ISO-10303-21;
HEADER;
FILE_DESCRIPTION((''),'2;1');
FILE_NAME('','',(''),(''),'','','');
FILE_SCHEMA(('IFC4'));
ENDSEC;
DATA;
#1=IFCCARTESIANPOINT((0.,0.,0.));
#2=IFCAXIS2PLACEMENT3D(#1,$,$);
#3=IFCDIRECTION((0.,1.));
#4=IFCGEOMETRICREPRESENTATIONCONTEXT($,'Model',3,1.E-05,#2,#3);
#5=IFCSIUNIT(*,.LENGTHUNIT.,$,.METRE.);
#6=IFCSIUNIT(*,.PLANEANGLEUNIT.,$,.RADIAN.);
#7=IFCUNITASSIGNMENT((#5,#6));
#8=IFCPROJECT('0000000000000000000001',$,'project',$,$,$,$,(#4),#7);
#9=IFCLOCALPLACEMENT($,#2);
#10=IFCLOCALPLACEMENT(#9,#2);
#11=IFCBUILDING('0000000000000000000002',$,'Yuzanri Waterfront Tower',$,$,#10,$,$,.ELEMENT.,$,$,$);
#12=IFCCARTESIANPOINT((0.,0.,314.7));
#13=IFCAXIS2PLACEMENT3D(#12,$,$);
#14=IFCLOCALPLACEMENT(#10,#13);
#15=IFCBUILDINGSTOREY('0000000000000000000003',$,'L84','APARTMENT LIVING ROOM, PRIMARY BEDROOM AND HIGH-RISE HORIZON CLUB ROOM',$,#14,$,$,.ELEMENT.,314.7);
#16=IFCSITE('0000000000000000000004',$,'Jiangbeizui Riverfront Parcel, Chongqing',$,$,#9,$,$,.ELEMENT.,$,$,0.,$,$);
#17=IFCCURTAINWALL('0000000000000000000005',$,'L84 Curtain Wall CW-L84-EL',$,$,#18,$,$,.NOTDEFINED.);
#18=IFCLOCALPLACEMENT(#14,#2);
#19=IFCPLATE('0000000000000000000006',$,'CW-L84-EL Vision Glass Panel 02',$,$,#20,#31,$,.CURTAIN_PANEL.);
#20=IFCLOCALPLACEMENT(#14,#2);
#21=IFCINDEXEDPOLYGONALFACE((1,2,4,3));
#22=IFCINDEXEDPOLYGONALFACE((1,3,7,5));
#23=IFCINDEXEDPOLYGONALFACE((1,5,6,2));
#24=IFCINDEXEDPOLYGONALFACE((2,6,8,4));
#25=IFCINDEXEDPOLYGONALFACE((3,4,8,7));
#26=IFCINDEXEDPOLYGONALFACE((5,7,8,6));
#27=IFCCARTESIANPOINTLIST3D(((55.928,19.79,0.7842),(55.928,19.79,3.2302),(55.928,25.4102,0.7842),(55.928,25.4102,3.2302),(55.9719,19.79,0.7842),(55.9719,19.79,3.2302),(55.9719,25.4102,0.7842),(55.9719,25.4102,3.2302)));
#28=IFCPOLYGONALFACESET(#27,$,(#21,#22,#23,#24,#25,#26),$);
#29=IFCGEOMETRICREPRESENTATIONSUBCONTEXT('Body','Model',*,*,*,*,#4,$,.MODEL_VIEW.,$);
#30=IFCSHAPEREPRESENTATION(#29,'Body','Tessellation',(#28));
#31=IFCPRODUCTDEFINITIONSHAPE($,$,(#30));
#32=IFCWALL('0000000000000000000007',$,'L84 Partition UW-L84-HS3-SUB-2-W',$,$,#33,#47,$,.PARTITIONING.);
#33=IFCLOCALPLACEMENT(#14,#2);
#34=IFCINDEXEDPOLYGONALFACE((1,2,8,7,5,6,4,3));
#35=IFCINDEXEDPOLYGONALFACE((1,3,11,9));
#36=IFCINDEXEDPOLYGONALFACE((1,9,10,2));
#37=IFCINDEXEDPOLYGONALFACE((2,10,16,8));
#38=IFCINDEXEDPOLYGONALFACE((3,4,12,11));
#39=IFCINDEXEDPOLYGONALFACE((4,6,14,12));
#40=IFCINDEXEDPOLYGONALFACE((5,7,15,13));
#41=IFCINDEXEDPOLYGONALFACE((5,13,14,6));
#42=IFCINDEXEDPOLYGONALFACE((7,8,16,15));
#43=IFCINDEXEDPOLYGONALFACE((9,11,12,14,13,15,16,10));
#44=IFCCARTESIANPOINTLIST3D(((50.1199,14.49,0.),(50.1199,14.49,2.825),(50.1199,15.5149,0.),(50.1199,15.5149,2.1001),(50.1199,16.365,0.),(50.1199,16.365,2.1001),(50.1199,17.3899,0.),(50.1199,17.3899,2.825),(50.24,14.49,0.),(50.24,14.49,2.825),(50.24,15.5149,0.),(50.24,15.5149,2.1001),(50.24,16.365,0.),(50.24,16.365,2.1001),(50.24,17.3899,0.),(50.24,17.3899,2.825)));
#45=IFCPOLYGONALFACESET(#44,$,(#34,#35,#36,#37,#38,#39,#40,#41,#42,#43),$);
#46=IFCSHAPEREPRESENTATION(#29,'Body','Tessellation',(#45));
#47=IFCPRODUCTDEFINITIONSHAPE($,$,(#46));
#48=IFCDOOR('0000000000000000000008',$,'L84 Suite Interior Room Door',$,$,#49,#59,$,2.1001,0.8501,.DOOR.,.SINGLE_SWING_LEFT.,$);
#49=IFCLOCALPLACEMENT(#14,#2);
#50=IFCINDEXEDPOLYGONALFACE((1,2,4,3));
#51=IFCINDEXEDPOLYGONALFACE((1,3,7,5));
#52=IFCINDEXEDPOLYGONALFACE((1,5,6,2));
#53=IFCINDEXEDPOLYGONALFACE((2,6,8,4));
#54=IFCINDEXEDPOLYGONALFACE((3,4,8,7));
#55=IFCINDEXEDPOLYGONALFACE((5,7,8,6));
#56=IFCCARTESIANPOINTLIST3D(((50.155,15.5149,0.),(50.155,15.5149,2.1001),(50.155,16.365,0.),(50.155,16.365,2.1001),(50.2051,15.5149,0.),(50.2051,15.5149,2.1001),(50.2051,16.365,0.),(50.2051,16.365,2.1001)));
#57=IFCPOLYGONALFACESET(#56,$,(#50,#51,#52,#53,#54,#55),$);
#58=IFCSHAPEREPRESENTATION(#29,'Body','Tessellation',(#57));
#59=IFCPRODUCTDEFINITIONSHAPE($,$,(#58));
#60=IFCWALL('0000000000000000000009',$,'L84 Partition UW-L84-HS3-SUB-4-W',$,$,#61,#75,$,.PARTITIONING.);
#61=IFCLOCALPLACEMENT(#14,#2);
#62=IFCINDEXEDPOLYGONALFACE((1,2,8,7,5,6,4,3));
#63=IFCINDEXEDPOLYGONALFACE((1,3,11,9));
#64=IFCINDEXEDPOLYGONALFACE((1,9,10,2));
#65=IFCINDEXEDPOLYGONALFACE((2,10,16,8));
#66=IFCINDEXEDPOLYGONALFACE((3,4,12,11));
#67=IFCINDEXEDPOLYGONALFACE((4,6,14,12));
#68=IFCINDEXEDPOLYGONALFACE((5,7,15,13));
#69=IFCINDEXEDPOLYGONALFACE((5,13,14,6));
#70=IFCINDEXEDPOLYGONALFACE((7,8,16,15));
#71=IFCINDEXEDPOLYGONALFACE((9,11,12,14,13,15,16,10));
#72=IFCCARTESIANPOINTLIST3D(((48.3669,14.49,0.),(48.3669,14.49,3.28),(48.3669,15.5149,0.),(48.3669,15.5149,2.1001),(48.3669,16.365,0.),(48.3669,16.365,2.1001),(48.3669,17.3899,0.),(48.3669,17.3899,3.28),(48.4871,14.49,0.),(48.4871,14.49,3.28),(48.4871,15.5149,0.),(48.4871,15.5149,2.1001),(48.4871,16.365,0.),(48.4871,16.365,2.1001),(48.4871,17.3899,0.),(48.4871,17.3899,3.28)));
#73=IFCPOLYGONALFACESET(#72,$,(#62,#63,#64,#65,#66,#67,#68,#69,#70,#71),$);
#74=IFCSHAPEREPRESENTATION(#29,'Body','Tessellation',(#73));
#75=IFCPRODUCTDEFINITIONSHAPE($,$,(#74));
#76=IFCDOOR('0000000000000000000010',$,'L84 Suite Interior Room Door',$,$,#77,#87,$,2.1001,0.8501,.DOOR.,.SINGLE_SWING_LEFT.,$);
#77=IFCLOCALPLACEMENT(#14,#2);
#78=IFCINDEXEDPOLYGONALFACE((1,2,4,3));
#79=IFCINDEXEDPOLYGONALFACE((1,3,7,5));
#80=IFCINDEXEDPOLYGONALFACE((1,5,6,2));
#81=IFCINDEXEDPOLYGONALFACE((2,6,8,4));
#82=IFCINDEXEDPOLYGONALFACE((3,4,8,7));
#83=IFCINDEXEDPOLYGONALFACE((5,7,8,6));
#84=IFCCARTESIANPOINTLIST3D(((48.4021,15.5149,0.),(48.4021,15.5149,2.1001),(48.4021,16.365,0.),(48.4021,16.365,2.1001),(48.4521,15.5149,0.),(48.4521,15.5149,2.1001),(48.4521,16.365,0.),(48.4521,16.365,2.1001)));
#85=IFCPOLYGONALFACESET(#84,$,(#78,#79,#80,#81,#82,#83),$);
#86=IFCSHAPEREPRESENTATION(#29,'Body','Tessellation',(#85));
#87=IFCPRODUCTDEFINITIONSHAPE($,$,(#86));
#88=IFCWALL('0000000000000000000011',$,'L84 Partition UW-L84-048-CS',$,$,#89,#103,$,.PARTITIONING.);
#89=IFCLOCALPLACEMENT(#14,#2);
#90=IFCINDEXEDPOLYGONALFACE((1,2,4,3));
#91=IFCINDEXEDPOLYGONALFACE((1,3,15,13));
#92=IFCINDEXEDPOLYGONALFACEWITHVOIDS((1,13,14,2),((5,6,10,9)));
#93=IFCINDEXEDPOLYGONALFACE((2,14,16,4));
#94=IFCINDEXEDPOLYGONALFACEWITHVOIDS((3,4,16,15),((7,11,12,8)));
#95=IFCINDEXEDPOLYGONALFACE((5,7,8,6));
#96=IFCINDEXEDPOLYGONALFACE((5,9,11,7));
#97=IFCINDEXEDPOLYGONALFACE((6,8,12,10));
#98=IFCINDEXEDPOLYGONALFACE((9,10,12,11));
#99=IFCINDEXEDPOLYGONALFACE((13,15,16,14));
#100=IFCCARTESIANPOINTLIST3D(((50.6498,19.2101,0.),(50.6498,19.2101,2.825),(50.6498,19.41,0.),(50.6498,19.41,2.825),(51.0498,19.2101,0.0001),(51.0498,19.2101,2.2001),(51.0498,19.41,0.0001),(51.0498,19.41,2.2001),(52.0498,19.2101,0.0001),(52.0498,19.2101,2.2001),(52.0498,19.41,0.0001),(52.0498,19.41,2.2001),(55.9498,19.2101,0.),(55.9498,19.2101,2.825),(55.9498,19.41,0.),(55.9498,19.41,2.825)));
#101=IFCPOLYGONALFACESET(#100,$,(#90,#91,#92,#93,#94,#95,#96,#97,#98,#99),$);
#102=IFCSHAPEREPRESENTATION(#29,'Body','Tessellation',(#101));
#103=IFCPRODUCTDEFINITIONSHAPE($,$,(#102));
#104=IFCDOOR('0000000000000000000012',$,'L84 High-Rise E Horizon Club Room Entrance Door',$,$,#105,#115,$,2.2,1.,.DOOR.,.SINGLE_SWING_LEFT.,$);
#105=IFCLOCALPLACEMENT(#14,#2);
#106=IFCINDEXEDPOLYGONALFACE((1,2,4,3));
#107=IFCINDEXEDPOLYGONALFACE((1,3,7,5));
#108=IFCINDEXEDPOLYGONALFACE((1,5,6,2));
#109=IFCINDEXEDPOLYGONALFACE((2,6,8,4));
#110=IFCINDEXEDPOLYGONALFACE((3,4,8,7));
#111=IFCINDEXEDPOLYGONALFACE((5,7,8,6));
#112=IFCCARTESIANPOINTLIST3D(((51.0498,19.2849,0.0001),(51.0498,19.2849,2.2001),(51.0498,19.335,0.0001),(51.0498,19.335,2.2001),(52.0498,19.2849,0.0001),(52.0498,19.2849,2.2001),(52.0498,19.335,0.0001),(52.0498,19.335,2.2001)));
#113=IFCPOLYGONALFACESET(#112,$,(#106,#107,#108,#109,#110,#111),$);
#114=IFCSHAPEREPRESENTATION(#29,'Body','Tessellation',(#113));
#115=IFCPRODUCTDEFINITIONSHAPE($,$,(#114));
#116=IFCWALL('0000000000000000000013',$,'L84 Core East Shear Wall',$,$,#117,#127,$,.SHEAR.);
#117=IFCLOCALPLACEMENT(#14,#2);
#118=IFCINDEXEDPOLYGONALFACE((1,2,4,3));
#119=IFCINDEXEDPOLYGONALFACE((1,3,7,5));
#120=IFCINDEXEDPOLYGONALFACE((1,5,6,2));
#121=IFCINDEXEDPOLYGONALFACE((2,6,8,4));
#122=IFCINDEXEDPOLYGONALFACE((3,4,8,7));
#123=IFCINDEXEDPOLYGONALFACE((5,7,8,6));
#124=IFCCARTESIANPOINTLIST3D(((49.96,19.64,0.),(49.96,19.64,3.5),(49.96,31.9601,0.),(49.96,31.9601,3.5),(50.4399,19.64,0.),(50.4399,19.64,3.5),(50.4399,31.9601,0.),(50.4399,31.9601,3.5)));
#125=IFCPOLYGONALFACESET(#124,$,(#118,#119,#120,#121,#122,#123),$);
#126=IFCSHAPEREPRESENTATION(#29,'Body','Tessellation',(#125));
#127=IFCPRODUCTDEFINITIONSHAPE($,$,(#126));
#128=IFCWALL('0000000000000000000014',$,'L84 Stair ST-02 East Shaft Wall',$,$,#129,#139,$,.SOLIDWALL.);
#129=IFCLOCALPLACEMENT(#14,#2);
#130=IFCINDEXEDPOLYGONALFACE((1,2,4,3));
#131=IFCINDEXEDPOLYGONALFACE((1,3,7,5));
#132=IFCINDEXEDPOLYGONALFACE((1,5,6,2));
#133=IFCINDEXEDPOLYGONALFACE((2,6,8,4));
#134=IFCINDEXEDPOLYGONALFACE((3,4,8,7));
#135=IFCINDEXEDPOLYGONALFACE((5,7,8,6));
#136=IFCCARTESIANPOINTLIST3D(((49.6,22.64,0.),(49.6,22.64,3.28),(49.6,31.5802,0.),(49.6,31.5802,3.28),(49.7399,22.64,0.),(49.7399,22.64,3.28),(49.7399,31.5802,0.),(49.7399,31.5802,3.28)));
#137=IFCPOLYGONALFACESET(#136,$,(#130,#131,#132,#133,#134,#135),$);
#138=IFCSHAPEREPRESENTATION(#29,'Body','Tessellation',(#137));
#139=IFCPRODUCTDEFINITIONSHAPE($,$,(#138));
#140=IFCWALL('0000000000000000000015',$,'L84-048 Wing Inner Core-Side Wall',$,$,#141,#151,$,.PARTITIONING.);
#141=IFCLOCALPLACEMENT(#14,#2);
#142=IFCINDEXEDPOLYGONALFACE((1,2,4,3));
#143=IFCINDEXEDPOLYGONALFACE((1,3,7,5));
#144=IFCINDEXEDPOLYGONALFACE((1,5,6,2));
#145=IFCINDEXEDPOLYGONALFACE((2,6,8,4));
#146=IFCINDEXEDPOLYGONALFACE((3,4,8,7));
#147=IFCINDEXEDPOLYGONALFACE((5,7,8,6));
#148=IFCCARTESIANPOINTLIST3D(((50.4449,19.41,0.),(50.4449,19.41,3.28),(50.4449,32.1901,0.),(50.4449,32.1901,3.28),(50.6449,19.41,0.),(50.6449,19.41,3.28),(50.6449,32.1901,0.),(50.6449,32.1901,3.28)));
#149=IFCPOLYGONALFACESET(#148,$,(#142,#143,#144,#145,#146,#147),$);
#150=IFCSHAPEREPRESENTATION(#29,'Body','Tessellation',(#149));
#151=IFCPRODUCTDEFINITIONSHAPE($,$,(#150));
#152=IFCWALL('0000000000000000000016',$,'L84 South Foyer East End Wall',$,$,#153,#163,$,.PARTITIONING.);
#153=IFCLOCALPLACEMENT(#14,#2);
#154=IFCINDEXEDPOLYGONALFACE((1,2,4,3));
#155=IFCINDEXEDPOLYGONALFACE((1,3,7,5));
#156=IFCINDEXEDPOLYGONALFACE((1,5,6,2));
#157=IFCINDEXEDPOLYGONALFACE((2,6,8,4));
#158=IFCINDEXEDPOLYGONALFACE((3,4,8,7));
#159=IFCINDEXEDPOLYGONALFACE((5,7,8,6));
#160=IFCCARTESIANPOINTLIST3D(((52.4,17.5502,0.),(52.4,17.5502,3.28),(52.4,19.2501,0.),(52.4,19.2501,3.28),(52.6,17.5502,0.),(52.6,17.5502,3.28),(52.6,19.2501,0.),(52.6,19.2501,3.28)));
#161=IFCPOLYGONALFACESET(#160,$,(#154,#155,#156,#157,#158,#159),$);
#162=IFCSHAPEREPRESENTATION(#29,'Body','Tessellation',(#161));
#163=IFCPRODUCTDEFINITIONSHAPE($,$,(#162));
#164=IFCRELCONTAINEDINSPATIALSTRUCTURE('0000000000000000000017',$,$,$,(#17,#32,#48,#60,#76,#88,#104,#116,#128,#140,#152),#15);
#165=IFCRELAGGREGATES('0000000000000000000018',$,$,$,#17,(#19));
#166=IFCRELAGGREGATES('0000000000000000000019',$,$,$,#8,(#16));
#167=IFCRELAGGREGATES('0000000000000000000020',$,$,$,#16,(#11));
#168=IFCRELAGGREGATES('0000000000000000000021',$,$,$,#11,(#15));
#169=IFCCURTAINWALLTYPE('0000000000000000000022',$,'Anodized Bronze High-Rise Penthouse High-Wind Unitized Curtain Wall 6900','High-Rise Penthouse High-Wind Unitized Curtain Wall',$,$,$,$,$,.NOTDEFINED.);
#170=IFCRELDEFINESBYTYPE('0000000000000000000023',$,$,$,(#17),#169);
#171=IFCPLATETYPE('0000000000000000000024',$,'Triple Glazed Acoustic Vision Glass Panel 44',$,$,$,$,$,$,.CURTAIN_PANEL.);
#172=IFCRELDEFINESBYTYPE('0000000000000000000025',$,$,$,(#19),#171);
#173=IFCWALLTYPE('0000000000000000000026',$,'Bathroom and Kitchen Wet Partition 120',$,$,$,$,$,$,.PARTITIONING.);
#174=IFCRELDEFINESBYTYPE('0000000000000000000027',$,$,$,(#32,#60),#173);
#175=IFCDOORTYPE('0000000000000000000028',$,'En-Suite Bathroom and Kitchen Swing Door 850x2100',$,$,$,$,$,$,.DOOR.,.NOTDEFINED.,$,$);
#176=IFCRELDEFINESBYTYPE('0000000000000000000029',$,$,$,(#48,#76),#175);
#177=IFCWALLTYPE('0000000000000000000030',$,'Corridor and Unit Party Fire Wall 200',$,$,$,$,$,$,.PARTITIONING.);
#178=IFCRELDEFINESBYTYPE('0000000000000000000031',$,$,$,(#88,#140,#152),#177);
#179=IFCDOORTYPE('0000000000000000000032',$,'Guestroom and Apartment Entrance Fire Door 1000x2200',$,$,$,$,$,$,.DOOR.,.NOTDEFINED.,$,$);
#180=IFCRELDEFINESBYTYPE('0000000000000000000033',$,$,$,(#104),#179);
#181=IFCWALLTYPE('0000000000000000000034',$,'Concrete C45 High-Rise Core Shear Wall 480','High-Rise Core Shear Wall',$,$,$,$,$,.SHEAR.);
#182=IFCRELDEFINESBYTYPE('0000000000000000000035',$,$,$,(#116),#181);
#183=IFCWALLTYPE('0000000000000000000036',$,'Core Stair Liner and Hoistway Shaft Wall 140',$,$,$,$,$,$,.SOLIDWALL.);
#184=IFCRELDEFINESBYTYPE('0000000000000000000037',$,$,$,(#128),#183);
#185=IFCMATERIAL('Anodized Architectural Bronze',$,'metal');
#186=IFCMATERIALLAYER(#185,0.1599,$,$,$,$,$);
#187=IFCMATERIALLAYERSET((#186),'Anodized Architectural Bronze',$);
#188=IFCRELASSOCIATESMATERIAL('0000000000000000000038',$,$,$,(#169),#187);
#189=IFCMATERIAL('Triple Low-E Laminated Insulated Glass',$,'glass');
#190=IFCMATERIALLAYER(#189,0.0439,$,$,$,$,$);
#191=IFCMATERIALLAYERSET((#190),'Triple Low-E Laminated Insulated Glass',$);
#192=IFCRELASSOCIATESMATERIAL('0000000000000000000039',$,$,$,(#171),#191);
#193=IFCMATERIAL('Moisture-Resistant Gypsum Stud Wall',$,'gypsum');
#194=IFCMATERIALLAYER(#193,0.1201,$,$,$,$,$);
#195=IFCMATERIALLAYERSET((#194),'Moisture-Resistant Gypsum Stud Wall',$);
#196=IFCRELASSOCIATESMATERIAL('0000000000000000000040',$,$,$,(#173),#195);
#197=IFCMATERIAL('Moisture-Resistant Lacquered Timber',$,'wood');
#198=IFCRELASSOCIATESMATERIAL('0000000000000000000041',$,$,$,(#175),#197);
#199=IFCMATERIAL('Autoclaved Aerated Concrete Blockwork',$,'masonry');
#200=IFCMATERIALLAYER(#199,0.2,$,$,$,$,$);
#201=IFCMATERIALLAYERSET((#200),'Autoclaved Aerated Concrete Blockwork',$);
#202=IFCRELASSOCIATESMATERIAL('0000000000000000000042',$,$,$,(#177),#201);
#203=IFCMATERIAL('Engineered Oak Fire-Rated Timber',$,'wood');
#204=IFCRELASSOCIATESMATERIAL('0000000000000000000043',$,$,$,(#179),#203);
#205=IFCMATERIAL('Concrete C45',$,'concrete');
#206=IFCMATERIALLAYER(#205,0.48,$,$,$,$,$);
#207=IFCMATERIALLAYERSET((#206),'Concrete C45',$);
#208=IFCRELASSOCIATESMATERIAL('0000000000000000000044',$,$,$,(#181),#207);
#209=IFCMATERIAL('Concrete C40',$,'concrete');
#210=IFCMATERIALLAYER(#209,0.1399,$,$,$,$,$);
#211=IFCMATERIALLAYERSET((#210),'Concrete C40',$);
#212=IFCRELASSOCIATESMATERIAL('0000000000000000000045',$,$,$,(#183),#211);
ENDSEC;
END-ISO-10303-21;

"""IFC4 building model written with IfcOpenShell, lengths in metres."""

from ifc_helpers import new_model, si_unit, direction, frame, frame_2d, origin, origin_2d, place, context, subcontext, project, spatial, rectangle, extrude, source, transform, mapped, material, layer, layer_set, type_object, element, fill, aggregate, save


model = new_model("IFC4")

# Units and contexts
model_context = context("Model", 3, precision=1e-05, world=origin(), true_north=direction((0.0, 1.0)))
body_context = subcontext(model_context, "Body", "Model", "MODEL_VIEW")
ifc_project = project(units=[si_unit("LENGTHUNIT", "METRE"), si_unit("PLANEANGLEUNIT", "RADIAN")], contexts=[model_context])

# Site, building, storey
site_placement = place(None, origin())
site = spatial("IfcSite", under=ifc_project, at=site_placement, Name="Jiangbeizui Riverfront Parcel, Chongqing", CompositionType="ELEMENT", RefElevation=0.0)
building_placement = place(site_placement, origin())
building = spatial("IfcBuilding", under=site, at=building_placement, Name="Yuzanri Waterfront Tower", CompositionType="ELEMENT")
storey_placement = place(building_placement, frame((0.0, 0.0, 314.7)))
storey = spatial("IfcBuildingStorey", under=building, at=storey_placement, Name="L84", Description="APARTMENT LIVING ROOM, PRIMARY BEDROOM AND HIGH-RISE HORIZON CLUB ROOM", CompositionType="ELEMENT", Elevation=314.7)

# Curtain wall, plate
ifc_material_1 = material(Name="Anodized Architectural Bronze", Category="metal")
ifc_layer_1 = layer(ifc_material_1, 0.1599)
ifc_layer_set_1 = layer_set([ifc_layer_1], Name="Anodized Architectural Bronze")
curtain_wall_type = type_object("IfcCurtainWallType", Name="Anodized Bronze High-Rise Penthouse High-Wind Unitized Curtain Wall 6900", Description="High-Rise Penthouse High-Wind Unitized Curtain Wall", PredefinedType="NOTDEFINED", material=ifc_layer_set_1)
curtain_wall_placement = place(storey_placement, origin())
curtain_wall = element("IfcCurtainWall", 1, at=curtain_wall_placement, inside=storey, type_object=curtain_wall_type, Name="L84 Curtain Wall CW-L84-EL", PredefinedType="NOTDEFINED")
ifc_material_2 = material(Name="Triple Low-E Laminated Insulated Glass", Category="glass")
ifc_layer_2 = layer(ifc_material_2, 0.0439)
ifc_layer_set_2 = layer_set([ifc_layer_2], Name="Triple Low-E Laminated Insulated Glass")
plate_type_1 = type_object("IfcPlateType", Name="Triple Glazed Acoustic Vision Glass Panel 44", PredefinedType="CURTAIN_PANEL", material=ifc_layer_set_2)
shared_shape_1 = source(origin(), body_context, "Body", "SweptSolid", [
    extrude(rectangle(XDim=5.6201, YDim=0.0439, at=origin_2d()), origin(), (0.0, 0.0, 1.0), 2.446),
])
plate_1_placement = place(storey_placement, frame((55.95, 22.6001, 0.7842), z_axis=(0.0, 0.0, 1.0), x_axis=(0.0, 1.0, 0.0)))
plate_1 = element("IfcPlate", 2, at=plate_1_placement, type_object=plate_type_1, Name="CW-L84-EL Vision Glass Panel 02", PredefinedType="CURTAIN_PANEL", context=body_context, shape_type="MappedRepresentation", body=[
    mapped(shared_shape_1, transform((0.0, 0.0, 0.0), scale=1.0)),
])
aggregate(curtain_wall, [plate_1])

# Walls, openings, doors
ifc_material_3 = material(Name="Moisture-Resistant Gypsum Stud Wall", Category="gypsum")
ifc_layer_3 = layer(ifc_material_3, 0.1201)
ifc_layer_set_3 = layer_set([ifc_layer_3], Name="Moisture-Resistant Gypsum Stud Wall")
wall_type_1 = type_object("IfcWallType", Name="Bathroom and Kitchen Wet Partition 120", PredefinedType="PARTITIONING", material=ifc_layer_set_3)
wall_1_placement = place(storey_placement, frame((50.1799, 14.49, 0.0), z_axis=(0.0, 0.0, 1.0), x_axis=(0.0, 1.0, 0.0)))
wall_1 = element("IfcWall", 3, at=wall_1_placement, inside=storey, type_object=wall_type_1, Name="L84 Partition UW-L84-HS3-SUB-2-W", PredefinedType="PARTITIONING", context=body_context, shape_type="SweptSolid", body=[
    extrude(rectangle(XDim=2.8999, YDim=0.1201, at=frame_2d((1.45, 0.0))), origin(), (0.0, 0.0, 1.0), 2.825),
])
opening_1_placement = place(wall_1_placement, frame((1.0249, 0.0, 0.0)))
opening_1 = element("IfcOpeningElement", 4, at=opening_1_placement, cuts=wall_1, PredefinedType="OPENING", context=body_context, shape_type="SweptSolid", body=[
    extrude(rectangle(XDim=0.8501, YDim=2.1001, at=frame_2d((0.425, 1.05))), frame((0.0, 0.075, 0.0), z_axis=(0.0, -1.0, 0.0), x_axis=(1.0, 0.0, 0.0)), (0.0, 0.0, 1.0), 0.1499),
])
ifc_material_4 = material(Name="Moisture-Resistant Lacquered Timber", Category="wood")
door_type_1 = type_object("IfcDoorType", Name="En-Suite Bathroom and Kitchen Swing Door 850x2100", OperationType="NOTDEFINED", PredefinedType="DOOR", material=ifc_material_4)
shared_shape_2 = source(origin(), body_context, "Body", "SweptSolid", [
    extrude(rectangle(XDim=0.8501, YDim=2.1001, at=frame_2d((0.425, 1.05))), frame((0.0, 0.0249, 0.0), z_axis=(0.0, -1.0, 0.0), x_axis=(1.0, 0.0, 0.0)), (0.0, 0.0, 1.0), 0.05),
])
door_1_placement = place(opening_1_placement, origin())
door_1 = element("IfcDoor", 5, at=door_1_placement, inside=storey, type_object=door_type_1, Name="L84 Suite Interior Room Door", OperationType="SINGLE_SWING_LEFT", OverallHeight=2.1001, OverallWidth=0.8501, PredefinedType="DOOR", context=body_context, shape_type="MappedRepresentation", body=[
    mapped(shared_shape_2, transform((0.0, 0.0, 0.0), scale=1.0)),
])
fill(opening_1, door_1)
wall_2_placement = place(storey_placement, frame((48.427, 14.49, 0.0), z_axis=(0.0, 0.0, 1.0), x_axis=(0.0, 1.0, 0.0)))
wall_2 = element("IfcWall", 6, at=wall_2_placement, inside=storey, type_object=wall_type_1, Name="L84 Partition UW-L84-HS3-SUB-4-W", PredefinedType="PARTITIONING", context=body_context, shape_type="SweptSolid", body=[
    extrude(rectangle(XDim=2.8999, YDim=0.1201, at=frame_2d((1.45, 0.0))), origin(), (0.0, 0.0, 1.0), 3.28),
])
opening_2_placement = place(wall_2_placement, frame((1.0249, 0.0, 0.0)))
opening_2 = element("IfcOpeningElement", 7, at=opening_2_placement, cuts=wall_2, PredefinedType="OPENING", context=body_context, shape_type="SweptSolid", body=[
    extrude(rectangle(XDim=0.8501, YDim=2.1001, at=frame_2d((0.425, 1.05))), frame((0.0, 0.075, 0.0), z_axis=(0.0, -1.0, 0.0), x_axis=(1.0, 0.0, 0.0)), (0.0, 0.0, 1.0), 0.1499),
])
door_2_placement = place(opening_2_placement, origin())
door_2 = element("IfcDoor", 8, at=door_2_placement, inside=storey, type_object=door_type_1, Name="L84 Suite Interior Room Door", OperationType="SINGLE_SWING_LEFT", OverallHeight=2.1001, OverallWidth=0.8501, PredefinedType="DOOR", context=body_context, shape_type="MappedRepresentation", body=[
    mapped(shared_shape_2, transform((0.0, 0.0, 0.0), scale=1.0)),
])
fill(opening_2, door_2)
ifc_material_5 = material(Name="Autoclaved Aerated Concrete Blockwork", Category="masonry")
ifc_layer_4 = layer(ifc_material_5, 0.2)
ifc_layer_set_4 = layer_set([ifc_layer_4], Name="Autoclaved Aerated Concrete Blockwork")
wall_type_2 = type_object("IfcWallType", Name="Corridor and Unit Party Fire Wall 200", PredefinedType="PARTITIONING", material=ifc_layer_set_4)
wall_3_placement = place(storey_placement, frame((50.6499, 19.3101, 0.0), z_axis=(0.0, 0.0, 1.0), x_axis=(1.0, 0.0, 0.0)))
wall_3 = element("IfcWall", 9, at=wall_3_placement, inside=storey, type_object=wall_type_2, Name="L84 Partition UW-L84-048-CS", PredefinedType="PARTITIONING", context=body_context, shape_type="SweptSolid", body=[
    extrude(rectangle(XDim=5.3, YDim=0.2, at=frame_2d((2.6499, 0.0))), origin(), (0.0, 0.0, 1.0), 2.825),
])
opening_3_placement = place(wall_3_placement, frame((0.3999, 0.0, 0.0)))
opening_3 = element("IfcOpeningElement", 10, at=opening_3_placement, cuts=wall_3, PredefinedType="OPENING", context=body_context, shape_type="SweptSolid", body=[
    extrude(rectangle(XDim=1.0, YDim=2.2, at=frame_2d((0.5, 1.1001))), frame((0.0, 0.1147, 0.0), z_axis=(0.0, -1.0, 0.0), x_axis=(1.0, 0.0, 0.0)), (0.0, 0.0, 1.0), 0.2297),
])
ifc_material_6 = material(Name="Engineered Oak Fire-Rated Timber", Category="wood")
door_type_2 = type_object("IfcDoorType", Name="Guestroom and Apartment Entrance Fire Door 1000x2200", OperationType="NOTDEFINED", PredefinedType="DOOR", material=ifc_material_6)
shared_shape_3 = source(origin(), body_context, "Body", "SweptSolid", [
    extrude(rectangle(XDim=1.0, YDim=2.2, at=frame_2d((0.5, 1.1001))), frame((0.0, 0.0249, 0.0), z_axis=(0.0, -1.0, 0.0), x_axis=(1.0, 0.0, 0.0)), (0.0, 0.0, 1.0), 0.05),
])
door_3_placement = place(opening_3_placement, origin())
door_3 = element("IfcDoor", 11, at=door_3_placement, inside=storey, type_object=door_type_2, Name="L84 High-Rise E Horizon Club Room Entrance Door", OperationType="SINGLE_SWING_LEFT", OverallHeight=2.2, OverallWidth=1.0, PredefinedType="DOOR", context=body_context, shape_type="MappedRepresentation", body=[
    mapped(shared_shape_3, transform((0.0, 0.0, 0.0), scale=1.0)),
])
fill(opening_3, door_3)

# Walls
ifc_material_7 = material(Name="Concrete C45", Category="concrete")
ifc_layer_5 = layer(ifc_material_7, 0.48)
ifc_layer_set_5 = layer_set([ifc_layer_5], Name="Concrete C45")
wall_type_3 = type_object("IfcWallType", Name="Concrete C45 High-Rise Core Shear Wall 480", Description="High-Rise Core Shear Wall", PredefinedType="SHEAR", material=ifc_layer_set_5)
shared_shape_4 = source(origin(), body_context, "Body", "SweptSolid", [
    extrude(rectangle(XDim=12.3201, YDim=0.48, at=frame_2d((6.1602, 0.0))), origin(), (0.0, 0.0, 1.0), 3.5),
])
wall_4_placement = place(storey_placement, frame((50.2, 19.6399, 0.0), z_axis=(0.0, 0.0, 1.0), x_axis=(0.0, 1.0, 0.0)))
element("IfcWall", 12, at=wall_4_placement, inside=storey, type_object=wall_type_3, Name="L84 Core East Shear Wall", PredefinedType="SHEAR", context=body_context, shape_type="MappedRepresentation", body=[
    mapped(shared_shape_4, transform((0.0, 0.0, 0.0), scale=1.0)),
])
ifc_material_8 = material(Name="Concrete C40", Category="concrete")
ifc_layer_6 = layer(ifc_material_8, 0.1399)
ifc_layer_set_6 = layer_set([ifc_layer_6], Name="Concrete C40")
wall_type_4 = type_object("IfcWallType", Name="Core Stair Liner and Hoistway Shaft Wall 140", PredefinedType="SOLIDWALL", material=ifc_layer_set_6)
shared_shape_5 = source(origin(), body_context, "Body", "SweptSolid", [
    extrude(rectangle(XDim=8.9402, YDim=0.1399, at=frame_2d((4.4702, 0.0))), origin(), (0.0, 0.0, 1.0), 3.28),
])
wall_5_placement = place(storey_placement, frame((49.6699, 22.6399, 0.0), z_axis=(0.0, 0.0, 1.0), x_axis=(0.0, 1.0, 0.0)))
element("IfcWall", 13, at=wall_5_placement, inside=storey, type_object=wall_type_4, Name="L84 Stair ST-02 East Shaft Wall", PredefinedType="SOLIDWALL", context=body_context, shape_type="MappedRepresentation", body=[
    mapped(shared_shape_5, transform((0.0, 0.0, 0.0), scale=1.0)),
])
shared_shape_6 = source(origin(), body_context, "Body", "SweptSolid", [
    extrude(rectangle(XDim=12.78, YDim=0.2, at=frame_2d((6.3901, 0.0))), origin(), (0.0, 0.0, 1.0), 3.28),
])
wall_6_placement = place(storey_placement, frame((50.5449, 19.4099, 0.0), z_axis=(0.0, 0.0, 1.0), x_axis=(0.0, 1.0, 0.0)))
element("IfcWall", 14, at=wall_6_placement, inside=storey, type_object=wall_type_2, Name="L84-048 Wing Inner Core-Side Wall", PredefinedType="PARTITIONING", context=body_context, shape_type="MappedRepresentation", body=[
    mapped(shared_shape_6, transform((0.0, 0.0, 0.0), scale=1.0)),
])
shared_shape_7 = source(origin(), body_context, "Body", "SweptSolid", [
    extrude(rectangle(XDim=1.7, YDim=0.2, at=frame_2d((0.8501, 0.0))), origin(), (0.0, 0.0, 1.0), 3.28),
])
wall_7_placement = place(storey_placement, frame((52.5, 17.55, 0.0), z_axis=(0.0, 0.0, 1.0), x_axis=(0.0, 1.0, 0.0)))
element("IfcWall", 15, at=wall_7_placement, inside=storey, type_object=wall_type_2, Name="L84 South Foyer East End Wall", PredefinedType="PARTITIONING", context=body_context, shape_type="MappedRepresentation", body=[
    mapped(shared_shape_7, transform((0.0, 0.0, 0.0), scale=1.0)),
])

save(model, "model.ifc")
